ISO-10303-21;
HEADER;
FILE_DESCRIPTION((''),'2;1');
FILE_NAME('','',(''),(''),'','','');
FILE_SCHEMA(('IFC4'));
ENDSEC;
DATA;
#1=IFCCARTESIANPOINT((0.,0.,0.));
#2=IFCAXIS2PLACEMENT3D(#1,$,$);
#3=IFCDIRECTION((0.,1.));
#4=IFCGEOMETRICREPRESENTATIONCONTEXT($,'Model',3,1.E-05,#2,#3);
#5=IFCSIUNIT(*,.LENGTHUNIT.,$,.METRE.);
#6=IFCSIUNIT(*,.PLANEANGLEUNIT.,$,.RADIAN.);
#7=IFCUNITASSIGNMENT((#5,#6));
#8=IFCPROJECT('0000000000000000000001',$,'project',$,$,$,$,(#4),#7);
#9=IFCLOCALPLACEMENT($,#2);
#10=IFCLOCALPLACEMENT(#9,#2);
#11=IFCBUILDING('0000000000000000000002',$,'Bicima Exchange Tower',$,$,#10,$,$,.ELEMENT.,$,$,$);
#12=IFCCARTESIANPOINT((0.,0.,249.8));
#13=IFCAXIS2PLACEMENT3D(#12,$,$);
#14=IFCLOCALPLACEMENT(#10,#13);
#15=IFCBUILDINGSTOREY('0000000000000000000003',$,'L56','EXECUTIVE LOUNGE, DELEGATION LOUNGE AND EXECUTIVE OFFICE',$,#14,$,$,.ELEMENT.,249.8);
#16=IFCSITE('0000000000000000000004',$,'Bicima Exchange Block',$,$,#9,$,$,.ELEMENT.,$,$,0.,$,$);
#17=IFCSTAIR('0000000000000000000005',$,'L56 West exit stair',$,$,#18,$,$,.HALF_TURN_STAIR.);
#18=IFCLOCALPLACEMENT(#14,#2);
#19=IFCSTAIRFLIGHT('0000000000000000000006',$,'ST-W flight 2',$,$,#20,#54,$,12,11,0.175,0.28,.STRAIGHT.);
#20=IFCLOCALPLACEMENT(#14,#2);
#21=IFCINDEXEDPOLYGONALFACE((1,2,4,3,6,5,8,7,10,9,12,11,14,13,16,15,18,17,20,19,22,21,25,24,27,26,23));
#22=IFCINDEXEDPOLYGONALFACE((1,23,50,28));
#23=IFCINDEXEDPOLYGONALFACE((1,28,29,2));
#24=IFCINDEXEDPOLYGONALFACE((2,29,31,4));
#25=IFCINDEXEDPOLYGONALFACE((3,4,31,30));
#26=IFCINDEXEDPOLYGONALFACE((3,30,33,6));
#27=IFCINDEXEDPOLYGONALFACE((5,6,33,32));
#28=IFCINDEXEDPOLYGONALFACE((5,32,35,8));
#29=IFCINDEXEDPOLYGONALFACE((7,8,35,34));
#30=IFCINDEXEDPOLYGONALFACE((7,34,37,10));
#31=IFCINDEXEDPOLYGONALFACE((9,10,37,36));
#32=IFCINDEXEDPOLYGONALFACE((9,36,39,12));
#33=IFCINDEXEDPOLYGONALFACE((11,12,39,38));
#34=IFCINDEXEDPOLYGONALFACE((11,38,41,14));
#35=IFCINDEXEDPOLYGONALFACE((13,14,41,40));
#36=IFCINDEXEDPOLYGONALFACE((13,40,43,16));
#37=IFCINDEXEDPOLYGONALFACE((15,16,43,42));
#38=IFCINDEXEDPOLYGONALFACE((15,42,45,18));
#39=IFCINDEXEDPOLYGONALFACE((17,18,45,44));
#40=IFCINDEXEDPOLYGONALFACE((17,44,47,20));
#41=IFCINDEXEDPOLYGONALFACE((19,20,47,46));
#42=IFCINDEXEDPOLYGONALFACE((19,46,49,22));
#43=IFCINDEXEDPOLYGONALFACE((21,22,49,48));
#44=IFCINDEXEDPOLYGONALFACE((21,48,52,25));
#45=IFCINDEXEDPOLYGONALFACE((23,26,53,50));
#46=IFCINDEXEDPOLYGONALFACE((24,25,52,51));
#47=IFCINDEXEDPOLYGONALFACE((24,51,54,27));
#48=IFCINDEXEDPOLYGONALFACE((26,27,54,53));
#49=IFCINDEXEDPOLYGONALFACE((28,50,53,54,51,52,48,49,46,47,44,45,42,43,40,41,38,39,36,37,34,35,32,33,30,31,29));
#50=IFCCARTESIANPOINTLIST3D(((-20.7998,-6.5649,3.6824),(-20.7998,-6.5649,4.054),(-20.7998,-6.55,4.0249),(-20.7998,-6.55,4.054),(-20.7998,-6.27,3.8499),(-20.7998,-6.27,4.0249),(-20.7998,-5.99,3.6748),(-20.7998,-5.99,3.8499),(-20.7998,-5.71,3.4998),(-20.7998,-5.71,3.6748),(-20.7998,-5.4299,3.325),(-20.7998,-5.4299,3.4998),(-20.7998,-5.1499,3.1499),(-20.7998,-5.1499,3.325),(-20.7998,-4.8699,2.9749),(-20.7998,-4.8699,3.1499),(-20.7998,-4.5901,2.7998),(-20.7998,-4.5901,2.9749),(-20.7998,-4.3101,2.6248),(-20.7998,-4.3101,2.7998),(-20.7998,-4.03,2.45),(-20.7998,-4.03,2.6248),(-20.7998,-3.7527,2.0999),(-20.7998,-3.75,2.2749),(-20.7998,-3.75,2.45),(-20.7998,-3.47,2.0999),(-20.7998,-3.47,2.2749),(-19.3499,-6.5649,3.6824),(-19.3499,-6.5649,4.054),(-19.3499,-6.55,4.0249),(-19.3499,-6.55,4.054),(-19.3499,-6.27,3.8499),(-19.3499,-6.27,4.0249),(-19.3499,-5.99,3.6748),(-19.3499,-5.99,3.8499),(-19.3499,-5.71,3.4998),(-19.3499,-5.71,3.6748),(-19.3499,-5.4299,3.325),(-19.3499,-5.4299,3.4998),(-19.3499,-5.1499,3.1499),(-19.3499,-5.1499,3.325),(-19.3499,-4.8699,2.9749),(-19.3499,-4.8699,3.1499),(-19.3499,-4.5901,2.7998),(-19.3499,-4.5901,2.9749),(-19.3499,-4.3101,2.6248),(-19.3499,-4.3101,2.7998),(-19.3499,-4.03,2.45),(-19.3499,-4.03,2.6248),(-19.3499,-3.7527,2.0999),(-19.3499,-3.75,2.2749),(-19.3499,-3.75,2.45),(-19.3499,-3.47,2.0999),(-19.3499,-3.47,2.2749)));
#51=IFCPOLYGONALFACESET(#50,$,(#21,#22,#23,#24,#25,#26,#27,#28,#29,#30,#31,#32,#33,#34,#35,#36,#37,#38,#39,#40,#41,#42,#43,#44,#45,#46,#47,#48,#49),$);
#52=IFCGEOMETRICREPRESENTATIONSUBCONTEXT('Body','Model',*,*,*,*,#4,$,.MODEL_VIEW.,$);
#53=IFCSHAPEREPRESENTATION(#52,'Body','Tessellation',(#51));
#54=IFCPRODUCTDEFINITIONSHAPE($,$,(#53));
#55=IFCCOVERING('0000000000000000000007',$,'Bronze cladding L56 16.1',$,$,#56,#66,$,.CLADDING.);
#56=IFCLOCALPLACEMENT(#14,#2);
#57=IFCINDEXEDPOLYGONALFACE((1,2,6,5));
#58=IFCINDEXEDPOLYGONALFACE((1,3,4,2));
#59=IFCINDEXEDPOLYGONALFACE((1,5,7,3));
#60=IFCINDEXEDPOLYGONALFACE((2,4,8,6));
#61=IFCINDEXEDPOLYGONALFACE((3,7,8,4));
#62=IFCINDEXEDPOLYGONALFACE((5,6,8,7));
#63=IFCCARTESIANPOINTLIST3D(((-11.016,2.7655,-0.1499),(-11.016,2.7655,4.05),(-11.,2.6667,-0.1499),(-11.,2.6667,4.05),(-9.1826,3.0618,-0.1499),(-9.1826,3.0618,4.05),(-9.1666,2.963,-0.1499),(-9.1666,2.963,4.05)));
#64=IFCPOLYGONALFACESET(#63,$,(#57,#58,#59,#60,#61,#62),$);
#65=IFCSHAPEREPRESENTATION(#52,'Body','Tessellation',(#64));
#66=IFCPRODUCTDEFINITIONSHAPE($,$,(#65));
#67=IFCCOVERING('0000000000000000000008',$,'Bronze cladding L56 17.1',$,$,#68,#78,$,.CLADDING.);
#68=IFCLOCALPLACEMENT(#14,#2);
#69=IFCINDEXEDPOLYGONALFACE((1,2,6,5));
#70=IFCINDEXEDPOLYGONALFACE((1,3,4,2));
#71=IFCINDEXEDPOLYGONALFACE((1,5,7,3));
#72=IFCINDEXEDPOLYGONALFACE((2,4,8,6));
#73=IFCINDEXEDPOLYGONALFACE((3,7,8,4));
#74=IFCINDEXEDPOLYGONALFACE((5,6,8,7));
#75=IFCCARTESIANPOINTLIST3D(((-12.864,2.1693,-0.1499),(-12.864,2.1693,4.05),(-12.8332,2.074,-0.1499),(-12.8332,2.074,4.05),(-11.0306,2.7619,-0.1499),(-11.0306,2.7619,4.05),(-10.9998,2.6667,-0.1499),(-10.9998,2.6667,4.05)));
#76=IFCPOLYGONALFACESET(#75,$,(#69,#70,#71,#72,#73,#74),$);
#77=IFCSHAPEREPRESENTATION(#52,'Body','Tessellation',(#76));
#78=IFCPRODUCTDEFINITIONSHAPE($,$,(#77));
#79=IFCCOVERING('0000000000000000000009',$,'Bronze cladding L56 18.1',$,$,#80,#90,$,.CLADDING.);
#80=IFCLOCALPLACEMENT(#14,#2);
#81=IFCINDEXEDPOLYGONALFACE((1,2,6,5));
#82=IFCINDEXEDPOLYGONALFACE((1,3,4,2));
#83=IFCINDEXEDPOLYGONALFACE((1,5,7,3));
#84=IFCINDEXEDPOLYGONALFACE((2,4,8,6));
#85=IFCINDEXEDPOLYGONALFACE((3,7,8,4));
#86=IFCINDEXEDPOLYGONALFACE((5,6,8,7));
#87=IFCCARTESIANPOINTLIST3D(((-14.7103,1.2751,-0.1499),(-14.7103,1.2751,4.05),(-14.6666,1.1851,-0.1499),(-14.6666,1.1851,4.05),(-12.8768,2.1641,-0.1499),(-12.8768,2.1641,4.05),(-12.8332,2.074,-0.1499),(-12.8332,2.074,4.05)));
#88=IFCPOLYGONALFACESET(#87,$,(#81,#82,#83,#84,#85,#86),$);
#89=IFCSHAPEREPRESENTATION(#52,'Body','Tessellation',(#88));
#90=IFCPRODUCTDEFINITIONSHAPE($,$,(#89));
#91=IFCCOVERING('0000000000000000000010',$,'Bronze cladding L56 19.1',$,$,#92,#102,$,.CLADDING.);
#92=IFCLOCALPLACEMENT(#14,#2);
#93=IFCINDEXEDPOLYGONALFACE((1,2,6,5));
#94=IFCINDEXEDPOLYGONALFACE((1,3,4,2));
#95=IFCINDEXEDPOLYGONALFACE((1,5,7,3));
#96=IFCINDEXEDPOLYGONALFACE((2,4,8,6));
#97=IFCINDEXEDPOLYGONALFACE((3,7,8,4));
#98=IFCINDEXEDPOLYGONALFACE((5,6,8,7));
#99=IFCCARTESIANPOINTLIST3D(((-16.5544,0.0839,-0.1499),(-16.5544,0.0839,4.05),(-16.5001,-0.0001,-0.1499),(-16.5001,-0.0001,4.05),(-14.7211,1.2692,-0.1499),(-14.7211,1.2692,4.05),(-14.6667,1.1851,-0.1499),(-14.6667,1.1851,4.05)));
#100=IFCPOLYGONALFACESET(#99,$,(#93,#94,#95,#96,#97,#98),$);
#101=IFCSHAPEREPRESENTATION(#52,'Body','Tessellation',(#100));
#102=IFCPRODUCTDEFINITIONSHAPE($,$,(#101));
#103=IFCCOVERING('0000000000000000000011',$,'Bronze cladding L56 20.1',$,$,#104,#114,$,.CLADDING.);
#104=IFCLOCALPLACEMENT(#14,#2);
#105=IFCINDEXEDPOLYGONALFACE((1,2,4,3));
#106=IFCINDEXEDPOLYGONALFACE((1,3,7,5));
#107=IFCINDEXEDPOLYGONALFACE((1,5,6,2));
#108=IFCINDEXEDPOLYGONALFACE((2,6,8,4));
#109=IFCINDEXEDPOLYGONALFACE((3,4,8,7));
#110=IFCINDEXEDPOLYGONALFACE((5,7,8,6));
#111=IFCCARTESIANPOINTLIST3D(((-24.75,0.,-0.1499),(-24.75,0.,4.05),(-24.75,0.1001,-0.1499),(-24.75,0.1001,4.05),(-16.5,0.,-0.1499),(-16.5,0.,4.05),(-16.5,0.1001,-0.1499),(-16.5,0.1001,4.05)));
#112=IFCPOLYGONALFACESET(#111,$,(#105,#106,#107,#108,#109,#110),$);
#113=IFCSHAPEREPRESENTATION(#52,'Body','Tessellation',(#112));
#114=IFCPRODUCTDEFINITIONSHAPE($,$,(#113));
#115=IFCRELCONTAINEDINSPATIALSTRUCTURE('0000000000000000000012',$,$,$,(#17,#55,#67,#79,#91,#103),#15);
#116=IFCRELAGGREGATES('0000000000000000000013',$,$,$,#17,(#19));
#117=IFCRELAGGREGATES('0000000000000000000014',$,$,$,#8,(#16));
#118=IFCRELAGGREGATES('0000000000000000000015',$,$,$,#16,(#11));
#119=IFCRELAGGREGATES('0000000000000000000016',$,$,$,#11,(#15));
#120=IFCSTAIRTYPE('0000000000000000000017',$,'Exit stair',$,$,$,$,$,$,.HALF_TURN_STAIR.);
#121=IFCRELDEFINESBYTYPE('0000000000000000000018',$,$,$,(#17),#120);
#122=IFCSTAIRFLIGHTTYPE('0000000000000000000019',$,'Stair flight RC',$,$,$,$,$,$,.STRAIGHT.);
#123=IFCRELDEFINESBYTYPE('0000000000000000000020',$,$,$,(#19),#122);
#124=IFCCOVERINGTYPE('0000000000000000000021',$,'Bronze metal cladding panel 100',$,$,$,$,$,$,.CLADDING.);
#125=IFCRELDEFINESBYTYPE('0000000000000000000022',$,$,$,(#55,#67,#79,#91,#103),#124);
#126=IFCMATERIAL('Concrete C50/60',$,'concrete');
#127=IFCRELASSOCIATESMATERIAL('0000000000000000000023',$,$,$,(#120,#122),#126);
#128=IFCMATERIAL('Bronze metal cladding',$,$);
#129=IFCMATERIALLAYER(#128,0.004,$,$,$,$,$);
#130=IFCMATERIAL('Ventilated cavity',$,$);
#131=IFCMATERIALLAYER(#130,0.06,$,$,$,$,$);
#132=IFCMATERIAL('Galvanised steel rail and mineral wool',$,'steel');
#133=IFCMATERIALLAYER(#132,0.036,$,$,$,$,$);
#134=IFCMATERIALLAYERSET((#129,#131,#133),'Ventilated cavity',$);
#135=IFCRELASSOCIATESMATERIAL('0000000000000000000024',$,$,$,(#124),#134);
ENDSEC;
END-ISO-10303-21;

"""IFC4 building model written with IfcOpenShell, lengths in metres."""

from ifc_helpers import new_model, si_unit, direction, frame, origin, origin_2d, place, context, subcontext, project, spatial, polyline, rectangle, outline, extrude, material, layer, layer_set, type_object, element, aggregate, save


model = new_model("IFC4")

# Units and contexts
model_context = context("Model", 3, precision=1e-05, world=origin(), true_north=direction((0.0, 1.0)))
body_context = subcontext(model_context, "Body", "Model", "MODEL_VIEW")
ifc_project = project(units=[si_unit("LENGTHUNIT", "METRE"), si_unit("PLANEANGLEUNIT", "RADIAN")], contexts=[model_context])

# Site, building, storey
site_placement = place(None, origin())
site = spatial("IfcSite", under=ifc_project, at=site_placement, Name="Bicima Exchange Block", CompositionType="ELEMENT", RefElevation=0.0)
building_placement = place(site_placement, origin())
building = spatial("IfcBuilding", under=site, at=building_placement, Name="Bicima Exchange Tower", CompositionType="ELEMENT")
storey_placement = place(building_placement, frame((0.0, 0.0, 249.8)))
storey = spatial("IfcBuildingStorey", under=building, at=storey_placement, Name="L56", Description="EXECUTIVE LOUNGE, DELEGATION LOUNGE AND EXECUTIVE OFFICE", CompositionType="ELEMENT", Elevation=249.8)

# Shared definitions
ifc_material_1 = material(Name="Concrete C50/60", Category="concrete")

# Stair, stair flight
stair_type = type_object("IfcStairType", Name="Exit stair", PredefinedType="HALF_TURN_STAIR", material=ifc_material_1)
stair_placement = place(storey_placement, origin())
stair = element("IfcStair", 1, at=stair_placement, inside=storey, type_object=stair_type, Name="L56 West exit stair", PredefinedType="HALF_TURN_STAIR")
stair_flight_type = type_object("IfcStairFlightType", Name="Stair flight RC", PredefinedType="STRAIGHT", material=ifc_material_1)
stair_flight_1_placement = place(storey_placement, frame((-20.075, -3.47, 2.0999), z_axis=(0.0, 0.0, 1.0), x_axis=(0.0, -1.0, 0.0)))
stair_flight_1 = element("IfcStairFlight", 2, at=stair_flight_1_placement, type_object=stair_flight_type, Name="ST-W flight 2", NumberOfRisers=12, NumberOfTreads=11, PredefinedType="STRAIGHT", RiserHeight=0.175, TreadLength=0.28, context=body_context, shape_type="SweptSolid", body=[
    extrude(outline(polyline([(0.0, 0.0), (0.0, 0.175), (0.28, 0.175), (0.28, 0.3501), (0.5601, 0.3501), (0.5601, 0.5249), (0.8401, 0.5249), (0.8401, 0.7), (1.1201, 0.7), (1.1201, 0.875), (1.3999, 0.875), (1.3999, 1.05), (1.6799, 1.05), (1.6799, 1.2251), (1.96, 1.2251), (1.96, 1.3999), (2.24, 1.3999), (2.24, 1.575), (2.52, 1.575), (2.52, 1.75), (2.8, 1.75), (2.8, 1.925), (3.0801, 1.925), (3.0801, 1.9541), (3.095, 1.9541), (3.095, 1.5825), (0.2827, 0.0), (0.0, 0.0)])), frame((0.0, 0.7251, 0.0), z_axis=(0.0, -1.0, 0.0), x_axis=(1.0, 0.0, 0.0)), (0.0, 0.0, 1.0), 1.45),
])
aggregate(stair, [stair_flight_1])

# Coverings
ifc_material_2 = material(Name="Bronze metal cladding")
ifc_layer_1 = layer(ifc_material_2, 0.004)
ifc_material_3 = material(Name="Ventilated cavity")
ifc_layer_2 = layer(ifc_material_3, 0.06)
ifc_material_4 = material(Name="Galvanised steel rail and mineral wool", Category="steel")
ifc_layer_3 = layer(ifc_material_4, 0.036)
ifc_layer_set_1 = layer_set([ifc_layer_1, ifc_layer_2, ifc_layer_3], Name="Ventilated cavity")
covering_type = type_object("IfcCoveringType", Name="Bronze metal cladding panel 100", PredefinedType="CLADDING", material=ifc_layer_set_1)
covering_1_placement = place(storey_placement, frame((-10.0913, 2.8643, -0.1499), z_axis=(0.0, 0.0, 1.0), x_axis=(-0.98719, -0.15955, 0.0)))
element("IfcCovering", 3, at=covering_1_placement, inside=storey, type_object=covering_type, Name="Bronze cladding L56 16.1", PredefinedType="CLADDING", context=body_context, shape_type="SweptSolid", body=[
    extrude(rectangle(XDim=1.8572, YDim=0.1001, at=origin_2d()), origin(), (0.0, 0.0, 1.0), 4.2),
])
covering_2_placement = place(storey_placement, frame((-11.9319, 2.418, -0.1499), z_axis=(0.0, 0.0, 1.0), x_axis=(-0.951525, -0.307573, 0.0)))
element("IfcCovering", 4, at=covering_2_placement, inside=storey, type_object=covering_type, Name="Bronze cladding L56 17.1", PredefinedType="CLADDING", context=body_context, shape_type="SweptSolid", body=[
    extrude(rectangle(XDim=1.9268, YDim=0.1001, at=origin_2d()), origin(), (0.0, 0.0, 1.0), 4.2),
])
covering_3_placement = place(storey_placement, frame((-13.7717, 1.6746, -0.1499), z_axis=(0.0, 0.0, 1.0), x_axis=(-0.899818, -0.436265, 0.0)))
element("IfcCovering", 5, at=covering_3_placement, inside=storey, type_object=covering_type, Name="Bronze cladding L56 18.1", PredefinedType="CLADDING", context=body_context, shape_type="SweptSolid", body=[
    extrude(rectangle(XDim=2.0376, YDim=0.1001, at=origin_2d()), origin(), (0.0, 0.0, 1.0), 4.2),
])
covering_4_placement = place(storey_placement, frame((-15.6106, 0.6345, -0.1499), z_axis=(0.0, 0.0, 1.0), x_axis=(-0.83979, -0.542911, 0.0)))
element("IfcCovering", 6, at=covering_4_placement, inside=storey, type_object=covering_type, Name="Bronze cladding L56 19.1", PredefinedType="CLADDING", context=body_context, shape_type="SweptSolid", body=[
    extrude(rectangle(XDim=2.1831, YDim=0.1001, at=origin_2d()), origin(), (0.0, 0.0, 1.0), 4.2),
])
covering_5_placement = place(storey_placement, frame((-20.625, 0.05, -0.1499), z_axis=(0.0, 0.0, 1.0), x_axis=(-1.0, 0.0, 0.0)))
element("IfcCovering", 7, at=covering_5_placement, inside=storey, type_object=covering_type, Name="Bronze cladding L56 20.1", PredefinedType="CLADDING", context=body_context, shape_type="SweptSolid", body=[
    extrude(rectangle(XDim=8.25, YDim=0.1001, at=origin_2d()), origin(), (0.0, 0.0, 1.0), 4.2),
])

save(model, "model.ifc")
